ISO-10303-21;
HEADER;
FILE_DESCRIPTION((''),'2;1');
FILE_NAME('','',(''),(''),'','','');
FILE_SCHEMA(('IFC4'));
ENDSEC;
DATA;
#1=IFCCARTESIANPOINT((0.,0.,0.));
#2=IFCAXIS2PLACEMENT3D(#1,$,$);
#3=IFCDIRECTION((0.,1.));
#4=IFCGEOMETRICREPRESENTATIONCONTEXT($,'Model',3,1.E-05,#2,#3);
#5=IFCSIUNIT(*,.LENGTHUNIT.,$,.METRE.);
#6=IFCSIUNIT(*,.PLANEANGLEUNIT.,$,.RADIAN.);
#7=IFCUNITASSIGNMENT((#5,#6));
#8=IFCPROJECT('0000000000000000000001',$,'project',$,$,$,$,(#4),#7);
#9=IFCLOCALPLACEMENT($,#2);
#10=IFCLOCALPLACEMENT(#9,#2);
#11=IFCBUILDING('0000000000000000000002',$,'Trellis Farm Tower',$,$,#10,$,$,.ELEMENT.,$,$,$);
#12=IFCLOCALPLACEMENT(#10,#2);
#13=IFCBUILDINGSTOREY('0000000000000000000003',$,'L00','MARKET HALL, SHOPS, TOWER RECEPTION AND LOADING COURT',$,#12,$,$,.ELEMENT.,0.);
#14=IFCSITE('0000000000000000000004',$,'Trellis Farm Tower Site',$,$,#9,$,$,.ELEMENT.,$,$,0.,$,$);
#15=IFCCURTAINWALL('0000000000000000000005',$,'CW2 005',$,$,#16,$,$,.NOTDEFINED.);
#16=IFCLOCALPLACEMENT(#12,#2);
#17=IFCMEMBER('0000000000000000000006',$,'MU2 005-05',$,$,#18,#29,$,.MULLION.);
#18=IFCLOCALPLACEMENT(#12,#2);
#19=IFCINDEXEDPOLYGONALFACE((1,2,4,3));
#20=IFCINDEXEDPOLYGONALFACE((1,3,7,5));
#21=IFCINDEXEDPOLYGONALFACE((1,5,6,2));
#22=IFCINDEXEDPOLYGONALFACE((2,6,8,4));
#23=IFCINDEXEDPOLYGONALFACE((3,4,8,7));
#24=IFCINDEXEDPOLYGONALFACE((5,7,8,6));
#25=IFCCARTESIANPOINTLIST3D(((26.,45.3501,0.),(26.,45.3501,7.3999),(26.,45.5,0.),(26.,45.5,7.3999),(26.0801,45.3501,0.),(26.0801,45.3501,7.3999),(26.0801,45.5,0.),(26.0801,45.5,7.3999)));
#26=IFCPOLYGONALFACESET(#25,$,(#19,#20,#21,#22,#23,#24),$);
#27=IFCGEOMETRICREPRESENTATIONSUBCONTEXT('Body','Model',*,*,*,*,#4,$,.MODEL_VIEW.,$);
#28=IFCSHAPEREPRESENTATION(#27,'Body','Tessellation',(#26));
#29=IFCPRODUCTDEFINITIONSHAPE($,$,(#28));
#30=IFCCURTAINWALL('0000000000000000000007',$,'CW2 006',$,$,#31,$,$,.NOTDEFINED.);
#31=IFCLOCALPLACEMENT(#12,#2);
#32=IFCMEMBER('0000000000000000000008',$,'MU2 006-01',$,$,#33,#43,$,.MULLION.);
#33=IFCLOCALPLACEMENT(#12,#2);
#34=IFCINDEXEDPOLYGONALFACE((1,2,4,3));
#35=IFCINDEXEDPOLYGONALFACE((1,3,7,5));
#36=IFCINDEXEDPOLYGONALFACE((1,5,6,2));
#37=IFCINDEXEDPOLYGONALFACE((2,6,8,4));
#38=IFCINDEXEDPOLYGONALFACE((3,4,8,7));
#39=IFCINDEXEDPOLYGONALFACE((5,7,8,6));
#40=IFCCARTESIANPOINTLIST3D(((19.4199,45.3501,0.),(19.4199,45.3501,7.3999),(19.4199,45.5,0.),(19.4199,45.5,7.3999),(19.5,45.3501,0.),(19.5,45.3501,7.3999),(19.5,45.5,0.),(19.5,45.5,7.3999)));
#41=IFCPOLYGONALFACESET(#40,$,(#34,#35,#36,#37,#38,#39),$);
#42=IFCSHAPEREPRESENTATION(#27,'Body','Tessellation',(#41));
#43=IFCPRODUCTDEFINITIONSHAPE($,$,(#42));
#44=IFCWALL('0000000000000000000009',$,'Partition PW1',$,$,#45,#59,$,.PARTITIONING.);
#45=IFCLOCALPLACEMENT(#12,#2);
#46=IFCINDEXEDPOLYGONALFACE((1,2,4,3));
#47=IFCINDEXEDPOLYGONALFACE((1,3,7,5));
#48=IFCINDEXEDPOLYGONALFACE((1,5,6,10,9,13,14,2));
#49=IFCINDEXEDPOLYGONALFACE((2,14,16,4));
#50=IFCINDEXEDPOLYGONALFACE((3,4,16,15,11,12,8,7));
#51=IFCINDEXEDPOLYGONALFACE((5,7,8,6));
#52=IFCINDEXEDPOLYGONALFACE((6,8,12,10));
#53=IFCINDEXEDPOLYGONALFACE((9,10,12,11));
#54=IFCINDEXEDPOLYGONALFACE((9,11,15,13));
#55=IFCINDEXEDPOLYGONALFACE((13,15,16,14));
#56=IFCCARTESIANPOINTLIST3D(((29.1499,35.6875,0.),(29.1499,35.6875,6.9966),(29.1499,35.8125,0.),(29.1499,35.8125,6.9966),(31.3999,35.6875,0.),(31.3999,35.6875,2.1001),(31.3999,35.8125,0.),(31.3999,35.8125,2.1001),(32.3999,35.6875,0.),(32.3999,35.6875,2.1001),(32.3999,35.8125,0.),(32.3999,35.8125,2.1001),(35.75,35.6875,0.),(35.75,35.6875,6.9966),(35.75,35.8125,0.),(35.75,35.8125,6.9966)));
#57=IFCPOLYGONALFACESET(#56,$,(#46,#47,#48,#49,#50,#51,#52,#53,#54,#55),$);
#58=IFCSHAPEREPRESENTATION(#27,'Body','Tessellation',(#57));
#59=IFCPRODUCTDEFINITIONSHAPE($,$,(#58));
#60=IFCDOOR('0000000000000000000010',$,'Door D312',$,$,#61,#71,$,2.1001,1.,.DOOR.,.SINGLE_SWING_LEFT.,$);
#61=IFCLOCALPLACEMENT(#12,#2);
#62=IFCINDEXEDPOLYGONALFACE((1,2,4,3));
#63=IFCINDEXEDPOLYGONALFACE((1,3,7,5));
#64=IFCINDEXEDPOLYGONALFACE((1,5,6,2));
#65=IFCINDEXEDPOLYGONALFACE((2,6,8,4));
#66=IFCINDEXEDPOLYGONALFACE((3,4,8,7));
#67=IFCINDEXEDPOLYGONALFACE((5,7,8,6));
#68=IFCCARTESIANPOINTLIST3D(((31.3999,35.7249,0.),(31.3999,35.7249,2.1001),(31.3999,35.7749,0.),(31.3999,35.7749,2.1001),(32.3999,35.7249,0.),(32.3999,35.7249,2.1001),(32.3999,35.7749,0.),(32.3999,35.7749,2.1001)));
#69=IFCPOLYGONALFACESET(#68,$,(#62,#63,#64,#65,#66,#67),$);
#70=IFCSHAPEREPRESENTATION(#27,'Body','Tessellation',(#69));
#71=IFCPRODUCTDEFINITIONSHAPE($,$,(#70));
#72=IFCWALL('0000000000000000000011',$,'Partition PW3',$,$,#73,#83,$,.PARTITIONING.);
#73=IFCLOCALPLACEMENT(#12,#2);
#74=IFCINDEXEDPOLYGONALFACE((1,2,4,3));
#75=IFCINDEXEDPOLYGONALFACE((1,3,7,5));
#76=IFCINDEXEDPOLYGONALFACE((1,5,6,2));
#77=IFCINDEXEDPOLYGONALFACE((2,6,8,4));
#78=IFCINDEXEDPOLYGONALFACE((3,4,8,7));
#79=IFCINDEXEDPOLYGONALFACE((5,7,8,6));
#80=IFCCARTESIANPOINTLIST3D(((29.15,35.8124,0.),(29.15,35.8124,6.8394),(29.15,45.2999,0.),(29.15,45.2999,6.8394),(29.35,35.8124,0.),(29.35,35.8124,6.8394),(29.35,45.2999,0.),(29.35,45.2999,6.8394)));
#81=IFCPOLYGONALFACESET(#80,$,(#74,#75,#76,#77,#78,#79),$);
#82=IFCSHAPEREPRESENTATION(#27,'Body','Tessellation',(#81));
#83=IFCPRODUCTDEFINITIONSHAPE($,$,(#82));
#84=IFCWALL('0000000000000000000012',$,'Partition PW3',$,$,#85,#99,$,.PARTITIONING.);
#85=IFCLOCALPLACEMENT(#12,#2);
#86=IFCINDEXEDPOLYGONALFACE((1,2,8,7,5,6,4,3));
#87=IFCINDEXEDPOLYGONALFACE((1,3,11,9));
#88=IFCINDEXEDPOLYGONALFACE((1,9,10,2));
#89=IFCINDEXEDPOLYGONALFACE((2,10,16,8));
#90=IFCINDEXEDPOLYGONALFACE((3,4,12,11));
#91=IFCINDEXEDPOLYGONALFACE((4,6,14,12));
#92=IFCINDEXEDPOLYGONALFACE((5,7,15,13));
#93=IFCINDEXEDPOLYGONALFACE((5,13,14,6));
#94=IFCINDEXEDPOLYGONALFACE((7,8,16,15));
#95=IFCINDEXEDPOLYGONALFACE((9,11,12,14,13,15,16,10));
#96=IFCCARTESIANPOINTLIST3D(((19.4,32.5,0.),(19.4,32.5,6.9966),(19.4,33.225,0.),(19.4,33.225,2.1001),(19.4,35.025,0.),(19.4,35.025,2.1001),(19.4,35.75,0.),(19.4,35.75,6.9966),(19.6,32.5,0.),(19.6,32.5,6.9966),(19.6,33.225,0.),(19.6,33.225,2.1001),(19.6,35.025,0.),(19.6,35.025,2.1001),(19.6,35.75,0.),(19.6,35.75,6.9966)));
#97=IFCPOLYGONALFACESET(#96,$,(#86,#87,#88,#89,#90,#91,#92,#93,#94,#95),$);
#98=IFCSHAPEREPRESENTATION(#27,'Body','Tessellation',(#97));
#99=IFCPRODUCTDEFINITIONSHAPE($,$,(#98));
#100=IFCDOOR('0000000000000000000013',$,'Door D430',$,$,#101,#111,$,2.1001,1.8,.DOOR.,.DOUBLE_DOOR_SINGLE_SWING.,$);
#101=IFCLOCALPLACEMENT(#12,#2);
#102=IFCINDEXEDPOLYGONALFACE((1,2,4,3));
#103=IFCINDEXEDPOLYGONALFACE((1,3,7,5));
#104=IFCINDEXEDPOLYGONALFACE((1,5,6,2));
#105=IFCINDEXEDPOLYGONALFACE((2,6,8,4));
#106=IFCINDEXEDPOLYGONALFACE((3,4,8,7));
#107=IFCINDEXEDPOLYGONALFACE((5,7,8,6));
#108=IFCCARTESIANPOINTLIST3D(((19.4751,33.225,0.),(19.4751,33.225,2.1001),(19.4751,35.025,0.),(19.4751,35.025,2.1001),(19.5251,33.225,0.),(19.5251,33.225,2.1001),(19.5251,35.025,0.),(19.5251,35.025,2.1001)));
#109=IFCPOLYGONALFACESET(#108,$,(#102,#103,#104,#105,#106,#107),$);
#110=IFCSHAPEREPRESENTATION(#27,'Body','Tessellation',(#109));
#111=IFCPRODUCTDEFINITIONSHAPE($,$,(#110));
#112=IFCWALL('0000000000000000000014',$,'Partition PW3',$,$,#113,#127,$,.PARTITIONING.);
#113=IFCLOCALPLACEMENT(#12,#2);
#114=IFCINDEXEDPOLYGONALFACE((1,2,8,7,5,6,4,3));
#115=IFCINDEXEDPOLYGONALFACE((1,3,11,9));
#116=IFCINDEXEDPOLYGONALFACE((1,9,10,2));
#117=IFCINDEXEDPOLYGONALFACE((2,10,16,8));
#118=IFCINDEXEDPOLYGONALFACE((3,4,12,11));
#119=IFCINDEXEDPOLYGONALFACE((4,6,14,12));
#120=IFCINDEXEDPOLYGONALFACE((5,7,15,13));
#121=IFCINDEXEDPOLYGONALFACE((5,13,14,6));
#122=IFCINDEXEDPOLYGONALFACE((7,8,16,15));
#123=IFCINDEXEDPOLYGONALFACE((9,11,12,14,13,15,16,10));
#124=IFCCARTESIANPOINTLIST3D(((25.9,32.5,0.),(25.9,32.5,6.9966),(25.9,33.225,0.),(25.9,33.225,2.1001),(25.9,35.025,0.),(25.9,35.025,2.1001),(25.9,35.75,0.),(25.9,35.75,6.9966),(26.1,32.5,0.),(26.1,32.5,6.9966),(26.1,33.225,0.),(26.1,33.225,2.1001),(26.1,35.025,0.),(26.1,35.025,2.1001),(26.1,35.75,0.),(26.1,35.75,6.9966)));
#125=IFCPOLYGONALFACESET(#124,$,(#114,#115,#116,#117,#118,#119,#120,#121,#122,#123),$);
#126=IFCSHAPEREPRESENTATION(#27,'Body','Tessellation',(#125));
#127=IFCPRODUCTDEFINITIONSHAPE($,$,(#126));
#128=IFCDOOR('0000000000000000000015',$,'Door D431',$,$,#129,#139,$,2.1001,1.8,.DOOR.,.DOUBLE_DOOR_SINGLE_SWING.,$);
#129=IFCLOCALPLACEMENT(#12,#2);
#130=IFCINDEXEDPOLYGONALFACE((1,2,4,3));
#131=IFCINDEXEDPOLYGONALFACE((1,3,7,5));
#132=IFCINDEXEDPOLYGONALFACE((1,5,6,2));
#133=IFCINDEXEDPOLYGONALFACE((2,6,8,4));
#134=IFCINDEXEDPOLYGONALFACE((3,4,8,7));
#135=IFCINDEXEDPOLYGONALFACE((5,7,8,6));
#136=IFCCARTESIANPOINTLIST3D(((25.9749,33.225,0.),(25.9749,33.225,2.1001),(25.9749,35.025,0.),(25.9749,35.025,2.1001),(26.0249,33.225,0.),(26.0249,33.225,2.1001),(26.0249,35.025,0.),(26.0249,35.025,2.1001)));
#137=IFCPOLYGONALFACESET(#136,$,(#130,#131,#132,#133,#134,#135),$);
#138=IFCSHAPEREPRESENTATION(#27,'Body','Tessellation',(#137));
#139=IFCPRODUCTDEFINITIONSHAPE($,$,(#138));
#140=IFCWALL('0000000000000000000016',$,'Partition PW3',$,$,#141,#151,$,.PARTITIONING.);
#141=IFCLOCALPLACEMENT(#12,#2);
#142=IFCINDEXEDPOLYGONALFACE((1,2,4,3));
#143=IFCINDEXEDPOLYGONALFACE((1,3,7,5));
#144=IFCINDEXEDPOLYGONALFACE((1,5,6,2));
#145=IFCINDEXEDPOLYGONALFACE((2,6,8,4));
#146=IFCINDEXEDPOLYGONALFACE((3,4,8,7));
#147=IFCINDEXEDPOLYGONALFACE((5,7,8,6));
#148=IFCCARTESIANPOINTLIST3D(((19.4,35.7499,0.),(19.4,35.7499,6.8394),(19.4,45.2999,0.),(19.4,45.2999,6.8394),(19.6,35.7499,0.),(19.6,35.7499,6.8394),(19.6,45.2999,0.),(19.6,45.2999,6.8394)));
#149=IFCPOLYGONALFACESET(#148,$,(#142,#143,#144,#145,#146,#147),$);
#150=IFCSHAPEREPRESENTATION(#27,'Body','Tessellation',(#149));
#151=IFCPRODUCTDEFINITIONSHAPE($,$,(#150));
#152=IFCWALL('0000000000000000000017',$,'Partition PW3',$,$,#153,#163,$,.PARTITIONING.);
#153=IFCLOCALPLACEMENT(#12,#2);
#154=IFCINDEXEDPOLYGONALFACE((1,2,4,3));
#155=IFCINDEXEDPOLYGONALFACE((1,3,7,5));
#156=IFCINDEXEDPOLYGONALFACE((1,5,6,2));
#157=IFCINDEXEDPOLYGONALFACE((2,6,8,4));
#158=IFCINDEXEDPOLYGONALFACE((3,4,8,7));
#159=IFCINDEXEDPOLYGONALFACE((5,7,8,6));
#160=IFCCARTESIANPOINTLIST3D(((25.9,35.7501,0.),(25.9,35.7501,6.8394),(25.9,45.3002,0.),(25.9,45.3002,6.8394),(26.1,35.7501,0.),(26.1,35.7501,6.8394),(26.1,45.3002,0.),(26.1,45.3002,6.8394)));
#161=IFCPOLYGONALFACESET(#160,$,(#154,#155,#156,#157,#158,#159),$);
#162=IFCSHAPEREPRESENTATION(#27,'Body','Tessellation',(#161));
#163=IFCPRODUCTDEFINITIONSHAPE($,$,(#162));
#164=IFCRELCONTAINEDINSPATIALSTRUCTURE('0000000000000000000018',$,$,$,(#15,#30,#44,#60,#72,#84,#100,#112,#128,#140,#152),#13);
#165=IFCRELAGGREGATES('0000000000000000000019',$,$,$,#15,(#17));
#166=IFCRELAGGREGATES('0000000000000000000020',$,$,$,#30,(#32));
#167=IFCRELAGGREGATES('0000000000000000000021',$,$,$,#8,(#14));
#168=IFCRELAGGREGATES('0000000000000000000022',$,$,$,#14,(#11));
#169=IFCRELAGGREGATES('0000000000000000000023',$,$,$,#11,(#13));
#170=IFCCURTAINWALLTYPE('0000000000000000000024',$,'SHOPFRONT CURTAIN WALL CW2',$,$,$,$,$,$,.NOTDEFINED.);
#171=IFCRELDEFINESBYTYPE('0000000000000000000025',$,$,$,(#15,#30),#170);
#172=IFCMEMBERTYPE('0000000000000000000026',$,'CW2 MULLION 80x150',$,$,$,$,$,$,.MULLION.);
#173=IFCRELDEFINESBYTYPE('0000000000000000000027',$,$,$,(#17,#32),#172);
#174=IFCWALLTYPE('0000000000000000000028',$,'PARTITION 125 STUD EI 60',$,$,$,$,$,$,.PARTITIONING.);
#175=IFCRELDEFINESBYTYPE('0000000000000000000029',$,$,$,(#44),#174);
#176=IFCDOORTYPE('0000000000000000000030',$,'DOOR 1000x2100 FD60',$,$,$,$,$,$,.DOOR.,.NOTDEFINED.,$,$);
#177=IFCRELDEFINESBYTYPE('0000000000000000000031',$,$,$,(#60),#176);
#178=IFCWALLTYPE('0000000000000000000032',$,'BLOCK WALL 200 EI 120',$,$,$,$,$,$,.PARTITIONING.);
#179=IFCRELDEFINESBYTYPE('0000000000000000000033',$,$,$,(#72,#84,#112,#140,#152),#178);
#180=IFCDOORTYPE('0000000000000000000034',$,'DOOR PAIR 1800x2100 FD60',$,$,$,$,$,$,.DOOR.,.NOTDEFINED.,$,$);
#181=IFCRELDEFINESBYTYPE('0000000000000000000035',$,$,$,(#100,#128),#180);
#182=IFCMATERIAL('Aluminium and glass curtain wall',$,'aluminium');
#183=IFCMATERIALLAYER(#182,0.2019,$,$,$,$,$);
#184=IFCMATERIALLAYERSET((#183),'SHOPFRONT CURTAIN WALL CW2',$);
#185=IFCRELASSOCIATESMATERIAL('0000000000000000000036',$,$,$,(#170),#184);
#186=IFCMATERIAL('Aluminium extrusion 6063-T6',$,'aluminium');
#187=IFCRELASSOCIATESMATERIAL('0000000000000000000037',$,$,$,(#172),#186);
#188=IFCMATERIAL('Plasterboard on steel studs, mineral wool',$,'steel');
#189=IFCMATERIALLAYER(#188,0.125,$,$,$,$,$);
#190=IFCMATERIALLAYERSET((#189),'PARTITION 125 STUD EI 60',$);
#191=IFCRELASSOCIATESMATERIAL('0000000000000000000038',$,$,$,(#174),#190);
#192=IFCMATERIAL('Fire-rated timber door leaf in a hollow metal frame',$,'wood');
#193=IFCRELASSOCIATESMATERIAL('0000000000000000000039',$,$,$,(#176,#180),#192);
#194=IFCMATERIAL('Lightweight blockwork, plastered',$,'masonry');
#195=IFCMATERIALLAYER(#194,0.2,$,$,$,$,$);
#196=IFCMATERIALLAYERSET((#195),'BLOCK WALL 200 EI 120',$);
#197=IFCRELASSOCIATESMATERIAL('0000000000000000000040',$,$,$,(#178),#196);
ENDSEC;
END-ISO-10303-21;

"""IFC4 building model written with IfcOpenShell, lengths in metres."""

from ifc_helpers import new_model, si_unit, direction, frame, frame_2d, origin, origin_2d, place, context, subcontext, project, spatial, rectangle, extrude, source, transform, mapped, material, layer, layer_set, material_profile, profile_set, type_object, element, fill, aggregate, save


model = new_model("IFC4")

# Units and contexts
model_context = context("Model", 3, precision=1e-05, world=origin(), true_north=direction((0.0, 1.0)))
body_context = subcontext(model_context, "Body", "Model", "MODEL_VIEW")
ifc_project = project(units=[si_unit("LENGTHUNIT", "METRE"), si_unit("PLANEANGLEUNIT", "RADIAN")], contexts=[model_context])

# Site, building, storey
site_placement = place(None, origin())
site = spatial("IfcSite", under=ifc_project, at=site_placement, Name="Trellis Farm Tower Site", CompositionType="ELEMENT", RefElevation=0.0)
building_placement = place(site_placement, origin())
building = spatial("IfcBuilding", under=site, at=building_placement, Name="Trellis Farm Tower", CompositionType="ELEMENT")
storey_placement = place(building_placement, origin())
storey = spatial("IfcBuildingStorey", under=building, at=storey_placement, Name="L00", Description="MARKET HALL, SHOPS, TOWER RECEPTION AND LOADING COURT", CompositionType="ELEMENT", Elevation=0.0)

# Curtain wall, member
ifc_material_1 = material(Name="Aluminium and glass curtain wall", Category="aluminium")
ifc_layer_1 = layer(ifc_material_1, 0.2019)
ifc_layer_set_1 = layer_set([ifc_layer_1], Name="SHOPFRONT CURTAIN WALL CW2")
curtain_wall_type = type_object("IfcCurtainWallType", Name="SHOPFRONT CURTAIN WALL CW2", PredefinedType="NOTDEFINED", material=ifc_layer_set_1)
placement = place(storey_placement, origin())
curtain_wall_1 = element("IfcCurtainWall", 1, at=placement, inside=storey, type_object=curtain_wall_type, Name="CW2 005", PredefinedType="NOTDEFINED")
ifc_material_2 = material(Name="Aluminium extrusion 6063-T6", Category="aluminium")
ifc_material_profile_1 = material_profile(ifc_material_2, rectangle(XDim=0.0801, YDim=0.1499, at=origin_2d()), Name="MULLION 80x150")
ifc_profile_set_1 = profile_set([ifc_material_profile_1], Name="Aluminium extrusion 6063-T6")
member_type = type_object("IfcMemberType", Name="CW2 MULLION 80x150", PredefinedType="MULLION", material=ifc_profile_set_1)
shared_shape_1 = source(origin(), body_context, "Body", "SweptSolid", [
    extrude(rectangle(XDim=0.0801, YDim=0.1499, at=origin_2d()), origin(), (0.0, 0.0, 1.0), 7.3999),
])
member_1_placement = place(storey_placement, frame((26.04, 45.425, 0.0), z_axis=(0.0, 0.0, 1.0), x_axis=(-1.0, 0.0, 0.0)))
member_1 = element("IfcMember", 2, at=member_1_placement, type_object=member_type, Name="MU2 005-05", PredefinedType="MULLION", context=body_context, shape_type="MappedRepresentation", body=[
    mapped(shared_shape_1, transform((0.0, 0.0, 0.0))),
])
aggregate(curtain_wall_1, [member_1])

# Curtain wall, member
curtain_wall_2 = element("IfcCurtainWall", 3, at=placement, inside=storey, type_object=curtain_wall_type, Name="CW2 006", PredefinedType="NOTDEFINED")
member_2_placement = place(storey_placement, frame((19.46, 45.425, 0.0), z_axis=(0.0, 0.0, 1.0), x_axis=(-1.0, 0.0, 0.0)))
member_2 = element("IfcMember", 4, at=member_2_placement, type_object=member_type, Name="MU2 006-01", PredefinedType="MULLION", context=body_context, shape_type="MappedRepresentation", body=[
    mapped(shared_shape_1, transform((0.0, 0.0, 0.0))),
])
aggregate(curtain_wall_2, [member_2])

# Wall, opening, door
ifc_material_3 = material(Name="Plasterboard on steel studs, mineral wool", Category="steel")
ifc_layer_2 = layer(ifc_material_3, 0.125)
ifc_layer_set_2 = layer_set([ifc_layer_2], Name="PARTITION 125 STUD EI 60")
wall_type_1 = type_object("IfcWallType", Name="PARTITION 125 STUD EI 60", PredefinedType="PARTITIONING", material=ifc_layer_set_2)
wall_1_placement = place(storey_placement, frame((29.1499, 35.75, 0.0), z_axis=(0.0, 0.0, 1.0), x_axis=(1.0, 0.0, 0.0)))
wall_1 = element("IfcWall", 5, at=wall_1_placement, inside=storey, type_object=wall_type_1, Name="Partition PW1", PredefinedType="PARTITIONING", context=body_context, shape_type="SweptSolid", body=[
    extrude(rectangle(XDim=6.6001, YDim=0.125, at=frame_2d((3.3, 0.0))), origin(), (0.0, 0.0, 1.0), 6.9966),
])
shared_shape_2 = source(origin(), body_context, "Body", "SweptSolid", [
    extrude(rectangle(XDim=1.0, YDim=2.1001, at=frame_2d((0.5, 1.05))), frame((0.0, 0.0725, 0.0), z_axis=(0.0, -1.0, 0.0), x_axis=(1.0, 0.0, 0.0)), (0.0, 0.0, 1.0), 0.145),
])
opening_1_placement = place(wall_1_placement, frame((2.25, 0.0, 0.0)))
opening_1 = element("IfcOpeningElement", 6, at=opening_1_placement, cuts=wall_1, PredefinedType="OPENING", context=body_context, shape_type="MappedRepresentation", body=[
    mapped(shared_shape_2, transform((0.0, 0.0, 0.0))),
])
ifc_material_4 = material(Name="Fire-rated timber door leaf in a hollow metal frame", Category="wood")
door_type_1 = type_object("IfcDoorType", Name="DOOR 1000x2100 FD60", OperationType="NOTDEFINED", PredefinedType="DOOR", material=ifc_material_4)
shared_shape_3 = source(origin(), body_context, "Body", "SweptSolid", [
    extrude(rectangle(XDim=1.0, YDim=2.1001, at=frame_2d((0.5, 1.05))), frame((0.0, 0.0249, 0.0), z_axis=(0.0, -1.0, 0.0), x_axis=(1.0, 0.0, 0.0)), (0.0, 0.0, 1.0), 0.05),
])
door_1_placement = place(opening_1_placement, origin())
door_1 = element("IfcDoor", 7, at=door_1_placement, inside=storey, type_object=door_type_1, Name="Door D312", OperationType="SINGLE_SWING_LEFT", OverallHeight=2.1001, OverallWidth=1.0, PredefinedType="DOOR", context=body_context, shape_type="MappedRepresentation", body=[
    mapped(shared_shape_3, transform((0.0, 0.0, 0.0))),
])
fill(opening_1, door_1)

# Wall
ifc_material_5 = material(Name="Lightweight blockwork, plastered", Category="masonry")
ifc_layer_3 = layer(ifc_material_5, 0.2)
ifc_layer_set_3 = layer_set([ifc_layer_3], Name="BLOCK WALL 200 EI 120")
wall_type_2 = type_object("IfcWallType", Name="BLOCK WALL 200 EI 120", PredefinedType="PARTITIONING", material=ifc_layer_set_3)
shared_shape_4 = source(origin(), body_context, "Body", "SweptSolid", [
    extrude(rectangle(XDim=9.4875, YDim=0.2, at=frame_2d((4.7437, 0.0))), origin(), (0.0, 0.0, 1.0), 6.8394),
])
wall_2_placement = place(storey_placement, frame((29.25, 35.8125, 0.0), z_axis=(0.0, 0.0, 1.0), x_axis=(0.0, 1.0, 0.0)))
element("IfcWall", 8, at=wall_2_placement, inside=storey, type_object=wall_type_2, Name="Partition PW3", PredefinedType="PARTITIONING", context=body_context, shape_type="MappedRepresentation", body=[
    mapped(shared_shape_4, transform((0.0, 0.0, 0.0))),
])

# Walls, openings, doors
shared_shape_5 = source(origin(), body_context, "Body", "SweptSolid", [
    extrude(rectangle(XDim=3.25, YDim=0.2, at=frame_2d((1.625, 0.0))), origin(), (0.0, 0.0, 1.0), 6.9966),
])
wall_3_placement = place(storey_placement, frame((19.5, 32.5, 0.0), z_axis=(0.0, 0.0, 1.0), x_axis=(0.0, 1.0, 0.0)))
wall_3 = element("IfcWall", 9, at=wall_3_placement, inside=storey, type_object=wall_type_2, Name="Partition PW3", PredefinedType="PARTITIONING", context=body_context, shape_type="MappedRepresentation", body=[
    mapped(shared_shape_5, transform((0.0, 0.0, 0.0))),
])
shared_shape_6 = source(origin(), body_context, "Body", "SweptSolid", [
    extrude(rectangle(XDim=1.8, YDim=2.1001, at=frame_2d((0.8999, 1.05))), frame((0.0, 0.1101, 0.0), z_axis=(0.0, -1.0, 0.0), x_axis=(1.0, 0.0, 0.0)), (0.0, 0.0, 1.0), 0.2202),
])
opening_2_placement = place(wall_3_placement, frame((0.7251, 0.0, 0.0)))
opening_2 = element("IfcOpeningElement", 10, at=opening_2_placement, cuts=wall_3, PredefinedType="OPENING", context=body_context, shape_type="MappedRepresentation", body=[
    mapped(shared_shape_6, transform((0.0, 0.0, 0.0))),
])
door_type_2 = type_object("IfcDoorType", Name="DOOR PAIR 1800x2100 FD60", OperationType="NOTDEFINED", PredefinedType="DOOR", material=ifc_material_4)
shared_shape_7 = source(origin(), body_context, "Body", "SweptSolid", [
    extrude(rectangle(XDim=1.8, YDim=2.1001, at=frame_2d((0.8999, 1.05))), frame((0.0, 0.0249, 0.0), z_axis=(0.0, -1.0, 0.0), x_axis=(1.0, 0.0, 0.0)), (0.0, 0.0, 1.0), 0.05),
])
door_2_placement = place(opening_2_placement, origin())
door_2 = element("IfcDoor", 11, at=door_2_placement, inside=storey, type_object=door_type_2, Name="Door D430", OperationType="DOUBLE_DOOR_SINGLE_SWING", OverallHeight=2.1001, OverallWidth=1.8, PredefinedType="DOOR", context=body_context, shape_type="MappedRepresentation", body=[
    mapped(shared_shape_7, transform((0.0, 0.0, 0.0))),
])
fill(opening_2, door_2)
wall_4_placement = place(storey_placement, frame((26.0, 35.75, 0.0), z_axis=(0.0, 0.0, 1.0), x_axis=(0.0, -1.0, 0.0)))
wall_4 = element("IfcWall", 12, at=wall_4_placement, inside=storey, type_object=wall_type_2, Name="Partition PW3", PredefinedType="PARTITIONING", context=body_context, shape_type="MappedRepresentation", body=[
    mapped(shared_shape_5, transform((0.0, 0.0, 0.0))),
])
opening_3_placement = place(wall_4_placement, frame((0.7251, 0.0, 0.0)))
opening_3 = element("IfcOpeningElement", 13, at=opening_3_placement, cuts=wall_4, PredefinedType="OPENING", context=body_context, shape_type="MappedRepresentation", body=[
    mapped(shared_shape_6, transform((0.0, 0.0, 0.0))),
])
door_3_placement = place(opening_3_placement, origin())
door_3 = element("IfcDoor", 14, at=door_3_placement, inside=storey, type_object=door_type_2, Name="Door D431", OperationType="DOUBLE_DOOR_SINGLE_SWING", OverallHeight=2.1001, OverallWidth=1.8, PredefinedType="DOOR", context=body_context, shape_type="MappedRepresentation", body=[
    mapped(shared_shape_7, transform((0.0, 0.0, 0.0))),
])
fill(opening_3, door_3)

# Walls
shared_shape_8 = source(origin(), body_context, "Body", "SweptSolid", [
    extrude(rectangle(XDim=9.55, YDim=0.2, at=frame_2d((4.7749, 0.0))), origin(), (0.0, 0.0, 1.0), 6.8394),
])
for number, where, z_axis, x_axis, name in (
    (15, (19.5, 35.75, 0.0), (0.0, 0.0, 1.0), (0.0, 1.0, 0.0), "Partition PW3"),
    (16, (26.0, 45.3, 0.0), (0.0, 0.0, 1.0), (0.0, -1.0, 0.0), "Partition PW3"),
):
    element("IfcWall", number, at=place(storey_placement, frame(where, z_axis=z_axis, x_axis=x_axis)), inside=storey, type_object=wall_type_2, Name=name, PredefinedType="PARTITIONING", context=body_context, shape_type="MappedRepresentation", body=[
        mapped(shared_shape_8, transform((0.0, 0.0, 0.0))),
    ])

save(model, "model.ifc")
